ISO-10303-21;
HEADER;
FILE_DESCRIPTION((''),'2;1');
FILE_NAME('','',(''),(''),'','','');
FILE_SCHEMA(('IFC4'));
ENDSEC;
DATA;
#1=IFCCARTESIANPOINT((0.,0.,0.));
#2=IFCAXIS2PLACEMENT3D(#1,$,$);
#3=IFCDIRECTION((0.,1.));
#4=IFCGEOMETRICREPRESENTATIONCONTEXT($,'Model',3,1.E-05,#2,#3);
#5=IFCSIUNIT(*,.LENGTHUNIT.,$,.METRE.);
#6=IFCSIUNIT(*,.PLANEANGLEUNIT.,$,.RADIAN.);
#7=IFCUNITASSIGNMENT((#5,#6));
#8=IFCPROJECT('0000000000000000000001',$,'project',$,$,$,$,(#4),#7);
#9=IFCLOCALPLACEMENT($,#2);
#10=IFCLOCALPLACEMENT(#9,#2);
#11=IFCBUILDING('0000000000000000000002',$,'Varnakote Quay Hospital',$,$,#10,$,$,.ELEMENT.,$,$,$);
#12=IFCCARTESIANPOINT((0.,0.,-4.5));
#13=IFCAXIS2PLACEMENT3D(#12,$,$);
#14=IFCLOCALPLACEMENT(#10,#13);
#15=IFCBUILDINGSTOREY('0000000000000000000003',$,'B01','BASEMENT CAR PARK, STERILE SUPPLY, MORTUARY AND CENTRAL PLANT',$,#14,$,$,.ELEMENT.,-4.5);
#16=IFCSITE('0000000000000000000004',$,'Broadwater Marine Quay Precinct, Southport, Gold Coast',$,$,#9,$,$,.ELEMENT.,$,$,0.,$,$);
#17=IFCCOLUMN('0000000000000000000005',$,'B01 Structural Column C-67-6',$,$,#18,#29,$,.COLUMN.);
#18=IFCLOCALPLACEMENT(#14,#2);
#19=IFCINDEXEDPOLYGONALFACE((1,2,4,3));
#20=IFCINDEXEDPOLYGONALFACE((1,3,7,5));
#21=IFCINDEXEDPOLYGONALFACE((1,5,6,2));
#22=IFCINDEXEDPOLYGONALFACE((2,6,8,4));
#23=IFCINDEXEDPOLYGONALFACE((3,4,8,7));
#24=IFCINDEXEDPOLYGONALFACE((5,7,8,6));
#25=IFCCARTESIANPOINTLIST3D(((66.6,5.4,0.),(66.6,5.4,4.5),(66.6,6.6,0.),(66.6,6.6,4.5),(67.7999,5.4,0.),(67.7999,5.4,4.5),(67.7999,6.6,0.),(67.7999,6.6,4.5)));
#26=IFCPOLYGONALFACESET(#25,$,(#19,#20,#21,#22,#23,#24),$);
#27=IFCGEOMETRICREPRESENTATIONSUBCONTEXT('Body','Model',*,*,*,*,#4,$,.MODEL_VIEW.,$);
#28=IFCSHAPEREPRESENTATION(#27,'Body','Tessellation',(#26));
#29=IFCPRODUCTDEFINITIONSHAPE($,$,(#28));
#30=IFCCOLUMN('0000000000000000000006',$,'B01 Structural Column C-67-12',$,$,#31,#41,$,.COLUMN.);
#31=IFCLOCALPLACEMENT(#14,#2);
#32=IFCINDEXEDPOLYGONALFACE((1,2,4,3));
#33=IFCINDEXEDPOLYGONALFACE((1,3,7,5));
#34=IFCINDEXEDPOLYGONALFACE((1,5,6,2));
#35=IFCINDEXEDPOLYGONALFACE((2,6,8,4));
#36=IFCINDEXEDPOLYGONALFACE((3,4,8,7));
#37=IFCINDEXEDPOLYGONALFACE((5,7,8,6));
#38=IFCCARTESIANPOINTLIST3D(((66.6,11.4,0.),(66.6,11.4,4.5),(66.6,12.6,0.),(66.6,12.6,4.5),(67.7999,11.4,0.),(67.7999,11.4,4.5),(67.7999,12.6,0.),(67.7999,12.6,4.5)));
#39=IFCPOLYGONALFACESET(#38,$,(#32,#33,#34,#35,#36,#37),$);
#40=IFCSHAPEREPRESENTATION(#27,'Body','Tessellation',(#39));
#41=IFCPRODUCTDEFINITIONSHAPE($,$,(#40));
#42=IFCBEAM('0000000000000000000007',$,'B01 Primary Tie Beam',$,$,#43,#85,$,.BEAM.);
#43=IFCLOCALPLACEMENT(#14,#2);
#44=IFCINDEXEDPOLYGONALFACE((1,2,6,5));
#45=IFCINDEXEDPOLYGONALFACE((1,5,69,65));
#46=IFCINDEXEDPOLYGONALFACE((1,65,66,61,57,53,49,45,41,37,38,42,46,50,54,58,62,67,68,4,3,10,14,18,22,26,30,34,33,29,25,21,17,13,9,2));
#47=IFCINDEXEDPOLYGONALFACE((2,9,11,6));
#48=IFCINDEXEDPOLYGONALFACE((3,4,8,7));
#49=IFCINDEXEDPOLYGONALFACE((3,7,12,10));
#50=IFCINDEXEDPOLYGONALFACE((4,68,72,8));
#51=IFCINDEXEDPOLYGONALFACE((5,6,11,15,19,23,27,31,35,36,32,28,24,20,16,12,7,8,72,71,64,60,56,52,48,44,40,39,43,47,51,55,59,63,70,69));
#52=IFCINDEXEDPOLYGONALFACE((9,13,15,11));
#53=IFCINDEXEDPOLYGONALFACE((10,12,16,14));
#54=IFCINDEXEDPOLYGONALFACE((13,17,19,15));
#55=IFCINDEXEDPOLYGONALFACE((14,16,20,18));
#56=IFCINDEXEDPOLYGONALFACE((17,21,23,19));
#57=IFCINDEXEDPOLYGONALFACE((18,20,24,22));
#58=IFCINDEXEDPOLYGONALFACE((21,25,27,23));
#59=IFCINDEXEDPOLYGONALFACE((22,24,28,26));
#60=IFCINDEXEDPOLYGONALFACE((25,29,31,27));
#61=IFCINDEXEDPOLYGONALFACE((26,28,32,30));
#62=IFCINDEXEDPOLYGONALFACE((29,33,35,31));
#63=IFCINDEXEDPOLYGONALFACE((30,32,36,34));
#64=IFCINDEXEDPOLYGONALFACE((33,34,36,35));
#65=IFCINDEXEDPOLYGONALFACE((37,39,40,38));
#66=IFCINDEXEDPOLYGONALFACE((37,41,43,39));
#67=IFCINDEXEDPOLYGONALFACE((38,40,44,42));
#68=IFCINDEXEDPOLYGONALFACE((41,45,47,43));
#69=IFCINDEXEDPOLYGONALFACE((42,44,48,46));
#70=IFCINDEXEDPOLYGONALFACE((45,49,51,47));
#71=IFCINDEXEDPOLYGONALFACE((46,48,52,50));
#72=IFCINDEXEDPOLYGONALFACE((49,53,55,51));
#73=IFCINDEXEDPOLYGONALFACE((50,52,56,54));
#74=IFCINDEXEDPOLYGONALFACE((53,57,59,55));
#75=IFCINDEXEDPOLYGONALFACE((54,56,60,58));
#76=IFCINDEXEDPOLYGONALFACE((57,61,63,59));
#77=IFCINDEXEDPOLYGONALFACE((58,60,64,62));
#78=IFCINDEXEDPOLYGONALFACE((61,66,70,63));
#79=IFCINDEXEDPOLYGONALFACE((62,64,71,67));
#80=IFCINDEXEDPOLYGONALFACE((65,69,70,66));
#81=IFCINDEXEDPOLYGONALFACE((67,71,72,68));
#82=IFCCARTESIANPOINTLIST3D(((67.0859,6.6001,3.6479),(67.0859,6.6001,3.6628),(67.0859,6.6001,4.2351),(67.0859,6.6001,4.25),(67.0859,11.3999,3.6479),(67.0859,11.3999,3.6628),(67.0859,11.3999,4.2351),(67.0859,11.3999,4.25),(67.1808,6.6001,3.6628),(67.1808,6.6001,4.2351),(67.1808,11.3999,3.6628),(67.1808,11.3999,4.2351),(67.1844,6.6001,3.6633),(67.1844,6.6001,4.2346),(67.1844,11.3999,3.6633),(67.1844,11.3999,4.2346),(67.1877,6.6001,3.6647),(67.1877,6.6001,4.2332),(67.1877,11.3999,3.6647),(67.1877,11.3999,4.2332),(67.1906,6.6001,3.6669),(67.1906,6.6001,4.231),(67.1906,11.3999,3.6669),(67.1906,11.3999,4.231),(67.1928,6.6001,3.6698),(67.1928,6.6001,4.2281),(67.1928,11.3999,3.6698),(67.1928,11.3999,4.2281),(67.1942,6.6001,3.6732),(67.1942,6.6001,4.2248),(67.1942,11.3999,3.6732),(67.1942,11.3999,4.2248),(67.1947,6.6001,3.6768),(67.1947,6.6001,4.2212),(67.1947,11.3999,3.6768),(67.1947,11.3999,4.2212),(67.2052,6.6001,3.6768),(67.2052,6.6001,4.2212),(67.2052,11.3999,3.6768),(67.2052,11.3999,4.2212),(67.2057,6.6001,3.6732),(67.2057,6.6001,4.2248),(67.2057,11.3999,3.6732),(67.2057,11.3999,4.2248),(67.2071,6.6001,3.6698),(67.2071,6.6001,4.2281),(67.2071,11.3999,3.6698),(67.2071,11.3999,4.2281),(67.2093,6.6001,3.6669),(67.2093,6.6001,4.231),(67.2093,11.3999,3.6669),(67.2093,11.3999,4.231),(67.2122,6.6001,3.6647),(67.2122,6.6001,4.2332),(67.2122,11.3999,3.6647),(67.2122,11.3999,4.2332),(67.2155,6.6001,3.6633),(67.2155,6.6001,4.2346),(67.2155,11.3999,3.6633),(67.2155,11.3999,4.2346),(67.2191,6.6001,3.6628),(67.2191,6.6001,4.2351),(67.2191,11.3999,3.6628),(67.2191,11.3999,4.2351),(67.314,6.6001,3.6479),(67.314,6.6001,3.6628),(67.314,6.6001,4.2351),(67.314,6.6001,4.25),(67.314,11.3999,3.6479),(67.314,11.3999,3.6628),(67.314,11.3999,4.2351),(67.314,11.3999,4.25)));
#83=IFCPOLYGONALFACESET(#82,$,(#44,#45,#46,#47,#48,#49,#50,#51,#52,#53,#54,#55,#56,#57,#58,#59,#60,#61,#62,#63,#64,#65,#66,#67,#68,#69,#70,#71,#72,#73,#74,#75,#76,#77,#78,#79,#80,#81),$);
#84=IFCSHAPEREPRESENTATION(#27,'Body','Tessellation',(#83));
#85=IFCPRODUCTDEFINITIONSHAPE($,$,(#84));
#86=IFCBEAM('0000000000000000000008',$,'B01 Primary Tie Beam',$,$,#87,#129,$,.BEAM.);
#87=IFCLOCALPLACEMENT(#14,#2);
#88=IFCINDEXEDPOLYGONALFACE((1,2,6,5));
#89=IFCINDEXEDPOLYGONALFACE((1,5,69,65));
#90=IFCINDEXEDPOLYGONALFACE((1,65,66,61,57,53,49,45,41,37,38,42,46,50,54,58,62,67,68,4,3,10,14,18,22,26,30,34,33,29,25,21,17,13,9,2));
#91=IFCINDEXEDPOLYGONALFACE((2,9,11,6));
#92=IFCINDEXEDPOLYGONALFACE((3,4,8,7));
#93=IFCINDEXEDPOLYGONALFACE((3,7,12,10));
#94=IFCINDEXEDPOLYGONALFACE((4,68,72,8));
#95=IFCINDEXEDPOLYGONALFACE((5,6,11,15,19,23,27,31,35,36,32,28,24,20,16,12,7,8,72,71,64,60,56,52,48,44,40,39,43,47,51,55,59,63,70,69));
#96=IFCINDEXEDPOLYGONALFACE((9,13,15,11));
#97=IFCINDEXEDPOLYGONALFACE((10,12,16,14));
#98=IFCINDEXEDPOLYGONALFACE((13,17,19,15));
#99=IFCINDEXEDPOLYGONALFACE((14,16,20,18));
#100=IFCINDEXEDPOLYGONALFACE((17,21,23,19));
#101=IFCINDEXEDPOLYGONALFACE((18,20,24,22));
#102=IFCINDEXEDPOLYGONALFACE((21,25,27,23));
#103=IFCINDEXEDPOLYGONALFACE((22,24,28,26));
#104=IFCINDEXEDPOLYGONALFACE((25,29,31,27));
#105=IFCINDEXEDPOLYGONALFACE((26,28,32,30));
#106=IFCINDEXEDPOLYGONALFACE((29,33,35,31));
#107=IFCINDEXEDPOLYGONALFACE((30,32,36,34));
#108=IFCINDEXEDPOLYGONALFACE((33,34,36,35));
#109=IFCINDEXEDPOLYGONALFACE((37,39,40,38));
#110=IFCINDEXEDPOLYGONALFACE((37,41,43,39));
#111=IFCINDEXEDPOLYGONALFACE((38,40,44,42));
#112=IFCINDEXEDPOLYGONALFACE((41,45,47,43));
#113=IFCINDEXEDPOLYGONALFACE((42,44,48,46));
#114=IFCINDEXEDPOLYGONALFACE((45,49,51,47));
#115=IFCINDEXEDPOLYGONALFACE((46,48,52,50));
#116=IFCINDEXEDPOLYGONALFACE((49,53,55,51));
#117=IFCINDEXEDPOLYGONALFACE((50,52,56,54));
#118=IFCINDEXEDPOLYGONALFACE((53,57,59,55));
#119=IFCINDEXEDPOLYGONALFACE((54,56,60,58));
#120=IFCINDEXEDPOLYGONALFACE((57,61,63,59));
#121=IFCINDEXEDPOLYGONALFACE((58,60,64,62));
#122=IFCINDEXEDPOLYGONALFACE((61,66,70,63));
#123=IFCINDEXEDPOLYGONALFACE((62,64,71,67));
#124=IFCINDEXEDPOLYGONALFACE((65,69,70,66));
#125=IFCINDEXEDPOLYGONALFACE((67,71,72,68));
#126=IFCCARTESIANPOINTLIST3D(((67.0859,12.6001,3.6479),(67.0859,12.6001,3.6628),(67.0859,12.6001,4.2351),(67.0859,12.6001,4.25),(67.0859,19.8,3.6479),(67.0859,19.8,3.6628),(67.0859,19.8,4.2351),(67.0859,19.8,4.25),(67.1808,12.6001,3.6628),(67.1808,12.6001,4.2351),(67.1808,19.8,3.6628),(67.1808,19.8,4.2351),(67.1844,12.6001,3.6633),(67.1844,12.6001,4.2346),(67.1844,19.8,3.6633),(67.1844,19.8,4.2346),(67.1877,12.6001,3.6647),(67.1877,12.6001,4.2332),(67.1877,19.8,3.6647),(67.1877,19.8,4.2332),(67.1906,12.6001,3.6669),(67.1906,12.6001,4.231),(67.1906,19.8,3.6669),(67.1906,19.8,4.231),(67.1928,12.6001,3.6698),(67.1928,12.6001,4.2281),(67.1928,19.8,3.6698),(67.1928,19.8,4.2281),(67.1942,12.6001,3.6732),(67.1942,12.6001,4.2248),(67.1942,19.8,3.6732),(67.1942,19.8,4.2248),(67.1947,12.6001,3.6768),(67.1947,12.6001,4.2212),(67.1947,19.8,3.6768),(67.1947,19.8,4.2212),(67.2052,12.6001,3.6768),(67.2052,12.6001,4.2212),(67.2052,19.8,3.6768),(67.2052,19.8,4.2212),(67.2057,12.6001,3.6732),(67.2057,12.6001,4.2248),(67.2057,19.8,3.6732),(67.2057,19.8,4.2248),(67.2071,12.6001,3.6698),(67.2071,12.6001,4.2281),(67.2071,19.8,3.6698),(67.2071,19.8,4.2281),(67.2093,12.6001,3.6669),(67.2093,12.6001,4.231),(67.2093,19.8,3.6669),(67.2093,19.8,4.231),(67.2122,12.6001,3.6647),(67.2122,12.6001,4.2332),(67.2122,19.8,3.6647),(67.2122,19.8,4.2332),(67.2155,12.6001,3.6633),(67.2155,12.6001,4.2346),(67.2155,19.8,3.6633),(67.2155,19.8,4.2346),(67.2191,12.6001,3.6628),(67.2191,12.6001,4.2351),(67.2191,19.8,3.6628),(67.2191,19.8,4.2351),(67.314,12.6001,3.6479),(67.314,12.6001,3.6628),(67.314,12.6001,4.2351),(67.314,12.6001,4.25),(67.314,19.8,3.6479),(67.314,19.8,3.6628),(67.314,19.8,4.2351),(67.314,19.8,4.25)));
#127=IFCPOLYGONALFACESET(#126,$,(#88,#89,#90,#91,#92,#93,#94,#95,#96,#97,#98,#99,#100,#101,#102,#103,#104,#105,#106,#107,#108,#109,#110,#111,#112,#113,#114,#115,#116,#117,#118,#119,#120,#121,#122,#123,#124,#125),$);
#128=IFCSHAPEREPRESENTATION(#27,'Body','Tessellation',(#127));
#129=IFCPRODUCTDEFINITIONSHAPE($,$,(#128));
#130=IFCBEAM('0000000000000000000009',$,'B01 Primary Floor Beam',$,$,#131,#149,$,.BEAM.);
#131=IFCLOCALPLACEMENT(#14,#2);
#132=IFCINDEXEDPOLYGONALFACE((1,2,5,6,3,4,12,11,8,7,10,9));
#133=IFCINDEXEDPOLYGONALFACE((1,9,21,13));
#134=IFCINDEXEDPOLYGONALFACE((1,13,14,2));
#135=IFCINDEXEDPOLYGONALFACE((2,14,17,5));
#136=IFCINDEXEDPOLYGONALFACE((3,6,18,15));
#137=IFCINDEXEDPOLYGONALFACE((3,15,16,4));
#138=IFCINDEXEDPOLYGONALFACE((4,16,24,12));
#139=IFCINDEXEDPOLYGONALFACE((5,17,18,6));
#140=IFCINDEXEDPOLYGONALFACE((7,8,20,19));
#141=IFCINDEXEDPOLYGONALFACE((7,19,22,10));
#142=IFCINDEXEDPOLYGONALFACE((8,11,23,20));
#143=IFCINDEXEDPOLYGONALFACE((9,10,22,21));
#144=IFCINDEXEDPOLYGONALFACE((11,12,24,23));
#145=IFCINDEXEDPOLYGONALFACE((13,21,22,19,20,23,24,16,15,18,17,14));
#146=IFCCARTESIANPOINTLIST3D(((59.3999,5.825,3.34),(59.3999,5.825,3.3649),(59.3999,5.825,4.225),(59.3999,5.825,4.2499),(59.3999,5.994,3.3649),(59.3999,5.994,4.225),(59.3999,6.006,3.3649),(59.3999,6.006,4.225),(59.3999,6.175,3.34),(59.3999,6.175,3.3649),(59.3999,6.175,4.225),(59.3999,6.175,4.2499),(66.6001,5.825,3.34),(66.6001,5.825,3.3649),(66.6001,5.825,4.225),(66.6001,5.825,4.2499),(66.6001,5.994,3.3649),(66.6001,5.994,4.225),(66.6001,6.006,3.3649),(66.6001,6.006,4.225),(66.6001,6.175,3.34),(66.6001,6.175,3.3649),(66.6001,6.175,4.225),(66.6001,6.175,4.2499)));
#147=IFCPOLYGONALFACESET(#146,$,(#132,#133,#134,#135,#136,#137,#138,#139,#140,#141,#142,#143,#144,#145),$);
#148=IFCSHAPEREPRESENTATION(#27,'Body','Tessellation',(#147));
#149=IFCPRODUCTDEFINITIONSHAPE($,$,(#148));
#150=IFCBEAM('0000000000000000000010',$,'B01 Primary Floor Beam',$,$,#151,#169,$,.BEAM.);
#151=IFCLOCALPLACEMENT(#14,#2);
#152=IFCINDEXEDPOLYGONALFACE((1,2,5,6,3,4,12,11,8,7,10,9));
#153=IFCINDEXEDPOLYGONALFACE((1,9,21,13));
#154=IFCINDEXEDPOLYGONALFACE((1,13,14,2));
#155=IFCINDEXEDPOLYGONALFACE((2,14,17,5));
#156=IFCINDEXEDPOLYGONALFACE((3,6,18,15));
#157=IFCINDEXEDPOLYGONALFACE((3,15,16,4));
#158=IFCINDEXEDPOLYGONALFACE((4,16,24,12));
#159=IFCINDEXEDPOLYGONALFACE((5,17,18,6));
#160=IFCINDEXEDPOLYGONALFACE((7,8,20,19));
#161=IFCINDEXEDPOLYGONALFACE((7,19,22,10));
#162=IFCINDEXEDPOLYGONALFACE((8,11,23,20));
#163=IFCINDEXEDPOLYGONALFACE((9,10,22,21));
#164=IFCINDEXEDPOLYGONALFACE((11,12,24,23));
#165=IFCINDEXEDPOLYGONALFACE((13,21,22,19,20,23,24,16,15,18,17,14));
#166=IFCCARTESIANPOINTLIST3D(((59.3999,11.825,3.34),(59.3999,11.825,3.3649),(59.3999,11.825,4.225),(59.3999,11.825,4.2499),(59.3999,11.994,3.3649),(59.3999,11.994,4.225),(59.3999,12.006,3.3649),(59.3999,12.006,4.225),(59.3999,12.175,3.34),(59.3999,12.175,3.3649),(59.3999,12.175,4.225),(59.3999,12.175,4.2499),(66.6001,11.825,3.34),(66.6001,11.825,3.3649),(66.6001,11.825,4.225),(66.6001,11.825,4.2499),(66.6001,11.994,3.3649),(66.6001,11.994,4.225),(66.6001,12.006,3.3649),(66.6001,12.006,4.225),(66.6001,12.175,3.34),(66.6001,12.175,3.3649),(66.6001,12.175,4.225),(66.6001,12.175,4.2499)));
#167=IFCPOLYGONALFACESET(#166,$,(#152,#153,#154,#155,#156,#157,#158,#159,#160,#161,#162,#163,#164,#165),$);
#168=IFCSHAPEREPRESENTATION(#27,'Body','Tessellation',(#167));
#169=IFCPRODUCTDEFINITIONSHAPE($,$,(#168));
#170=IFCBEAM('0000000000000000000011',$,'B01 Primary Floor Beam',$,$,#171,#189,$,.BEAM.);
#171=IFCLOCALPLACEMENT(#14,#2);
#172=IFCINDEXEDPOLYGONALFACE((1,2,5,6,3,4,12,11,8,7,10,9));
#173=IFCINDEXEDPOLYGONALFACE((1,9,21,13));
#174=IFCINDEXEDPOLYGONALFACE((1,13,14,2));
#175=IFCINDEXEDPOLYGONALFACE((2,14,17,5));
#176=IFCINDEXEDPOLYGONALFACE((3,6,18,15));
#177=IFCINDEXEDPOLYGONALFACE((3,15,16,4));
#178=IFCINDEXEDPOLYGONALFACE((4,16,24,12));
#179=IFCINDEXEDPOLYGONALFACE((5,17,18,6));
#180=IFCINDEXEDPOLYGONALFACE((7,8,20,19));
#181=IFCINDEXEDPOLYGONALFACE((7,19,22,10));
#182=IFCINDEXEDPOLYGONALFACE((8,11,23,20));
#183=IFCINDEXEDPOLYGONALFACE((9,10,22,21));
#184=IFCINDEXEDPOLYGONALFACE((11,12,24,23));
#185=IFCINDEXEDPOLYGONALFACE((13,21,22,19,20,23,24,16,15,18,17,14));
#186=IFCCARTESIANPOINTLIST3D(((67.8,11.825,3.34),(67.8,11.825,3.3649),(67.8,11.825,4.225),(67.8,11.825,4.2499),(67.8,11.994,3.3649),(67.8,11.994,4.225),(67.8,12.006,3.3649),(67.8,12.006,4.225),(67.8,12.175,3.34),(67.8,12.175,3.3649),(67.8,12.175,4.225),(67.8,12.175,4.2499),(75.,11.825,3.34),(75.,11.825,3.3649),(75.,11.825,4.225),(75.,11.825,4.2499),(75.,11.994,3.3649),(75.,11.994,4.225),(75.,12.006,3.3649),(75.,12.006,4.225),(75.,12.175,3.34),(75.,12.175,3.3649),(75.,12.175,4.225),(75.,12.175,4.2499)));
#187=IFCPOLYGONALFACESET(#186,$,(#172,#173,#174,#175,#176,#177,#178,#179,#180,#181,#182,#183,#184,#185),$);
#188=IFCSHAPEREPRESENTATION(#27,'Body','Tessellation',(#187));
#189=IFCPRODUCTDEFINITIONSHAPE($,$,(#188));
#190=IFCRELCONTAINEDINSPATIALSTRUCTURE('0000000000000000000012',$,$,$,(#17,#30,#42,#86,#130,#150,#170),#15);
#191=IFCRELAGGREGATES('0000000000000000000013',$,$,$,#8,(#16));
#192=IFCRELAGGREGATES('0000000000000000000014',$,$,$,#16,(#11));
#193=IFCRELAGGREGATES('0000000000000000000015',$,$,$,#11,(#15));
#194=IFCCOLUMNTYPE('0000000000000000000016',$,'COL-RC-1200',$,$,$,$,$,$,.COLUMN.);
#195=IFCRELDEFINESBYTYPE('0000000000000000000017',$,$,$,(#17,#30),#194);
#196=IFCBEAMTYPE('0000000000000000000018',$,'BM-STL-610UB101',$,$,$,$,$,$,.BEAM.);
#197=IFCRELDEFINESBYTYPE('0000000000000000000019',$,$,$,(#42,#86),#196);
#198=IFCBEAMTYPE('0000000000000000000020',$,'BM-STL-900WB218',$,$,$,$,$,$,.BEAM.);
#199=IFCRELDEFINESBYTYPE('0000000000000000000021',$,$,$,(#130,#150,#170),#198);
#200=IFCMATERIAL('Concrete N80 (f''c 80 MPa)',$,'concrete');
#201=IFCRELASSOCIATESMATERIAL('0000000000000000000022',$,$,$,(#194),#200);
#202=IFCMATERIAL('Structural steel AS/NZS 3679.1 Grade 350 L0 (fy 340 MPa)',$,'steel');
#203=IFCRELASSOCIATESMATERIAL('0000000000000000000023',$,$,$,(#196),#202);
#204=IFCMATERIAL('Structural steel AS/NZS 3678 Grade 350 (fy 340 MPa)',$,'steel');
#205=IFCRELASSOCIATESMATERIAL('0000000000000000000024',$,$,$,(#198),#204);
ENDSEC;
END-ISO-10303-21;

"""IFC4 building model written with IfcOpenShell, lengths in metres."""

from ifc_helpers import new_model, si_unit, direction, frame, origin, origin_2d, place, context, subcontext, project, spatial, rectangle, i_section, extrude, material, material_profile, profile_set, type_object, element, save


model = new_model("IFC4")

# Units and contexts
model_context = context("Model", 3, precision=1e-05, world=origin(), true_north=direction((0.0, 1.0)))
body_context = subcontext(model_context, "Body", "Model", "MODEL_VIEW")
ifc_project = project(units=[si_unit("LENGTHUNIT", "METRE"), si_unit("PLANEANGLEUNIT", "RADIAN")], contexts=[model_context])

# Site, building, storey
site_placement = place(None, origin())
site = spatial("IfcSite", under=ifc_project, at=site_placement, Name="Broadwater Marine Quay Precinct, Southport, Gold Coast", CompositionType="ELEMENT", RefElevation=0.0)
building_placement = place(site_placement, origin())
building = spatial("IfcBuilding", under=site, at=building_placement, Name="Varnakote Quay Hospital", CompositionType="ELEMENT")
storey_placement = place(building_placement, frame((0.0, 0.0, -4.5)))
storey = spatial("IfcBuildingStorey", under=building, at=storey_placement, Name="B01", Description="BASEMENT CAR PARK, STERILE SUPPLY, MORTUARY AND CENTRAL PLANT", CompositionType="ELEMENT", Elevation=-4.5)

# Columns
ifc_material_1 = material(Name="Concrete N80 (f'c 80 MPa)", Category="concrete")
ifc_material_profile_1 = material_profile(ifc_material_1, rectangle(XDim=1.2, YDim=1.2, at=origin_2d()), Name="RC-COL-1200x1200")
ifc_profile_set_1 = profile_set([ifc_material_profile_1], Name="Concrete N80 (f'c 80 MPa)")
column_type = type_object("IfcColumnType", Name="COL-RC-1200", PredefinedType="COLUMN", material=ifc_profile_set_1)
for number, where, z_axis, x_axis, name in (
    (1, (67.2, 6.0, 0.0), (0.0, 0.0, 1.0), (1.0, 0.0, 0.0), "B01 Structural Column C-67-6"),
    (2, (67.2, 12.0, 0.0), (0.0, 0.0, 1.0), (1.0, 0.0, 0.0), "B01 Structural Column C-67-12"),
):
    element("IfcColumn", number, at=place(storey_placement, frame(where, z_axis=z_axis, x_axis=x_axis)), inside=storey, type_object=column_type, Name=name, PredefinedType="COLUMN", context=body_context, shape_type="SweptSolid", body=[
        extrude(rectangle(XDim=1.2, YDim=1.2, at=origin_2d()), origin(), (0.0, 0.0, 1.0), 4.5),
    ])

# Beams
ifc_material_2 = material(Name="Structural steel AS/NZS 3679.1 Grade 350 L0 (fy 340 MPa)", Category="steel")
ifc_material_profile_2 = material_profile(ifc_material_2, i_section(OverallWidth=0.228, OverallDepth=0.6021, WebThickness=0.0105, FlangeThickness=0.0149, FilletRadius=0.0139, at=origin_2d()), Name="610UB101")
ifc_profile_set_2 = profile_set([ifc_material_profile_2], Name="Structural steel AS/NZS 3679.1 Grade 350 L0 (fy 340 MPa)")
beam_type_1 = type_object("IfcBeamType", Name="BM-STL-610UB101", PredefinedType="BEAM", material=ifc_profile_set_2)
beam_1_placement = place(storey_placement, frame((67.2, 6.6001, 3.949), z_axis=(0.0, 1.0, 0.0), x_axis=(-1.0, 0.0, 0.0)))
element("IfcBeam", 3, at=beam_1_placement, inside=storey, type_object=beam_type_1, Name="B01 Primary Tie Beam", PredefinedType="BEAM", context=body_context, shape_type="SweptSolid", body=[
    extrude(i_section(OverallWidth=0.228, OverallDepth=0.6021, WebThickness=0.0105, FlangeThickness=0.0149, FilletRadius=0.0139, at=origin_2d()), origin(), (0.0, 0.0, 1.0), 4.7998),
])
beam_2_placement = place(storey_placement, frame((67.2, 12.6001, 3.949), z_axis=(0.0, 1.0, 0.0), x_axis=(-1.0, 0.0, 0.0)))
element("IfcBeam", 4, at=beam_2_placement, inside=storey, type_object=beam_type_1, Name="B01 Primary Tie Beam", PredefinedType="BEAM", context=body_context, shape_type="SweptSolid", body=[
    extrude(i_section(OverallWidth=0.228, OverallDepth=0.6021, WebThickness=0.0105, FlangeThickness=0.0149, FilletRadius=0.0139, at=origin_2d()), origin(), (0.0, 0.0, 1.0), 7.2),
])
ifc_material_3 = material(Name="Structural steel AS/NZS 3678 Grade 350 (fy 340 MPa)", Category="steel")
ifc_material_profile_3 = material_profile(ifc_material_3, i_section(OverallWidth=0.3501, OverallDepth=0.9099, WebThickness=0.012, FlangeThickness=0.0249, at=origin_2d()), Name="900WB218")
ifc_profile_set_3 = profile_set([ifc_material_profile_3], Name="Structural steel AS/NZS 3678 Grade 350 (fy 340 MPa)")
beam_type_2 = type_object("IfcBeamType", Name="BM-STL-900WB218", PredefinedType="BEAM", material=ifc_profile_set_3)
for number, where, z_axis, x_axis, name in (
    (5, (59.3999, 6.0, 3.7949), (1.0, 0.0, 0.0), (0.0, 1.0, 0.0), "B01 Primary Floor Beam"),
    (6, (59.3999, 12.0, 3.7949), (1.0, 0.0, 0.0), (0.0, 1.0, 0.0), "B01 Primary Floor Beam"),
):
    element("IfcBeam", number, at=place(storey_placement, frame(where, z_axis=z_axis, x_axis=x_axis)), inside=storey, type_object=beam_type_2, Name=name, PredefinedType="BEAM", context=body_context, shape_type="SweptSolid", body=[
        extrude(i_section(OverallWidth=0.3501, OverallDepth=0.9099, WebThickness=0.012, FlangeThickness=0.0249, at=origin_2d()), origin(), (0.0, 0.0, 1.0), 7.2002),
    ])
beam_3_placement = place(storey_placement, frame((67.8, 12.0, 3.7949), z_axis=(1.0, 0.0, 0.0), x_axis=(0.0, 1.0, 0.0)))
element("IfcBeam", 7, at=beam_3_placement, inside=storey, type_object=beam_type_2, Name="B01 Primary Floor Beam", PredefinedType="BEAM", context=body_context, shape_type="SweptSolid", body=[
    extrude(i_section(OverallWidth=0.3501, OverallDepth=0.9099, WebThickness=0.012, FlangeThickness=0.0249, at=origin_2d()), origin(), (0.0, 0.0, 1.0), 7.2),
])

save(model, "model.ifc")
